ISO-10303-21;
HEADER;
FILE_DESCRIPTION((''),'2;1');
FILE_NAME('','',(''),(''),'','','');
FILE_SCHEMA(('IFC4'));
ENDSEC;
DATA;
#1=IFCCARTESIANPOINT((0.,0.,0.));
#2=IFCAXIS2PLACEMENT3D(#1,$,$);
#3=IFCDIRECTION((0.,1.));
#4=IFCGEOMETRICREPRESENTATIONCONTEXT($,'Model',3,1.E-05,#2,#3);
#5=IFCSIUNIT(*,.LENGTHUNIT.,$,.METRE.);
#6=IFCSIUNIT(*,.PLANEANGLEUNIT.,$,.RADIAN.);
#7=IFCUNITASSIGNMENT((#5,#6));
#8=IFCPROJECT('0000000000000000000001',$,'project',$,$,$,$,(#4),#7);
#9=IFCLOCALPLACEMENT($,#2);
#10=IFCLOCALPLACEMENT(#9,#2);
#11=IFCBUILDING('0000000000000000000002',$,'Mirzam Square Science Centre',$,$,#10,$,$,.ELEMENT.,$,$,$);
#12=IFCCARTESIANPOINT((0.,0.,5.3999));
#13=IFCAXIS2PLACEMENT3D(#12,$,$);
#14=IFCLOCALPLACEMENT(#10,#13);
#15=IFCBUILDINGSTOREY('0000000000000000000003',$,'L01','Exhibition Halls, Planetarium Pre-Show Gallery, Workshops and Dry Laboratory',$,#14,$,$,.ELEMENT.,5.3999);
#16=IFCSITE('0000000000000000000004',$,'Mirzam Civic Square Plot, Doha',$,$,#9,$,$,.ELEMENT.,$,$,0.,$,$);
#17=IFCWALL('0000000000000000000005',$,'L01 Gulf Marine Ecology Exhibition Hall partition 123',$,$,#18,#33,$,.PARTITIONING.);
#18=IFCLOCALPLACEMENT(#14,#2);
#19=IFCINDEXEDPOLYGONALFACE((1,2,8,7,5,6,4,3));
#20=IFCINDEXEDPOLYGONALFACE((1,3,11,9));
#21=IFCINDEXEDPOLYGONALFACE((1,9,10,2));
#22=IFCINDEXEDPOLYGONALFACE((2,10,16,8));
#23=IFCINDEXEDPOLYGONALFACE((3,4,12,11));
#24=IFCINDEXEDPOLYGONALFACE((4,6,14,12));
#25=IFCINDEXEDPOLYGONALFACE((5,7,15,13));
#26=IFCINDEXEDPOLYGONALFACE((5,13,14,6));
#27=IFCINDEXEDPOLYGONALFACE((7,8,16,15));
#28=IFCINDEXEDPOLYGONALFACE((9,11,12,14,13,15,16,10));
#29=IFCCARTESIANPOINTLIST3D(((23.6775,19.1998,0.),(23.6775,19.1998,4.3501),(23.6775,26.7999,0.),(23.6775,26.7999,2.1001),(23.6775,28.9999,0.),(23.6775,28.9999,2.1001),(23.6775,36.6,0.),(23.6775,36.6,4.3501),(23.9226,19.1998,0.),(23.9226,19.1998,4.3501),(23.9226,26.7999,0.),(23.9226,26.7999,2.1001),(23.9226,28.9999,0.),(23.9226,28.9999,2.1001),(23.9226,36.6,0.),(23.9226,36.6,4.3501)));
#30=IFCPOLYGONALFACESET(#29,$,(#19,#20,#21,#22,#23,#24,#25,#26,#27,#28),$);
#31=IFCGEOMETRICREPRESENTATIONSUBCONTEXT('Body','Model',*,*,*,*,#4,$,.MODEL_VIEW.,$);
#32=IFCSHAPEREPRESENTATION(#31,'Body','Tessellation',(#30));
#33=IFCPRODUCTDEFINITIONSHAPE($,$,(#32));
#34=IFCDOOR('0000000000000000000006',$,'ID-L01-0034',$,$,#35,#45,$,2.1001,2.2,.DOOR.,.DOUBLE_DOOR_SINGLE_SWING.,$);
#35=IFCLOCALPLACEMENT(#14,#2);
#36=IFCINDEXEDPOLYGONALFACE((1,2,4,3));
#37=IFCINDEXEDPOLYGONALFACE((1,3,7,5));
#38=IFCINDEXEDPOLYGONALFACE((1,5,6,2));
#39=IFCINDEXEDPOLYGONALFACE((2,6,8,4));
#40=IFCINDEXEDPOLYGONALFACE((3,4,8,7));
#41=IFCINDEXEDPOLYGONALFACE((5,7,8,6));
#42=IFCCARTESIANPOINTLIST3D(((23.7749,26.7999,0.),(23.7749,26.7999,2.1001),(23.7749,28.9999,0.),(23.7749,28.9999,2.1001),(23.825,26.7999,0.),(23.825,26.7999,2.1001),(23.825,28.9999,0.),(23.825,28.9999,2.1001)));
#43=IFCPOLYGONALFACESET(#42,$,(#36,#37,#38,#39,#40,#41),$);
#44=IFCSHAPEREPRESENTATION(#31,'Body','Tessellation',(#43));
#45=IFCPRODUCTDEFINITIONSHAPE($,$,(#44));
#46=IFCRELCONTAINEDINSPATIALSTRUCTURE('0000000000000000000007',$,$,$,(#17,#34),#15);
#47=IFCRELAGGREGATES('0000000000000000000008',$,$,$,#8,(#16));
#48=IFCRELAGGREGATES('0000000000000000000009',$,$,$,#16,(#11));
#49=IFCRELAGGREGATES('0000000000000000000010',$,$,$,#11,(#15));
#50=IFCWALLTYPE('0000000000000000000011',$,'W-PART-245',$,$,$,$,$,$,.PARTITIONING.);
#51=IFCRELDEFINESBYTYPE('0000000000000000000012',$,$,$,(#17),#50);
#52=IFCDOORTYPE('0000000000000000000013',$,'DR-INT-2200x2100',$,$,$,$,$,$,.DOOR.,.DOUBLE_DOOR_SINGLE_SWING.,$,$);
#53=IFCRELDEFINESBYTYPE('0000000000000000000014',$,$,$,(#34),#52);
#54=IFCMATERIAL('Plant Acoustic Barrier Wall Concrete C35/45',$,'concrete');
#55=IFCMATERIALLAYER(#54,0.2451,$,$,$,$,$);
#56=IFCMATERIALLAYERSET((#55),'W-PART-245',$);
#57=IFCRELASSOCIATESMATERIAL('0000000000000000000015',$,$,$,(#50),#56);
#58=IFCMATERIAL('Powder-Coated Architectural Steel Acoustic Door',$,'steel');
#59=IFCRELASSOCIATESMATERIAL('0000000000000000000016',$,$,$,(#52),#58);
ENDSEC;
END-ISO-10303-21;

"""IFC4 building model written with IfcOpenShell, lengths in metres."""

from ifc_helpers import new_model, si_unit, direction, frame, frame_2d, origin, place, context, subcontext, project, spatial, rectangle, extrude, material, layer, layer_set, type_object, element, fill, save


model = new_model("IFC4")

# Units and contexts
model_context = context("Model", 3, precision=1e-05, world=origin(), true_north=direction((0.0, 1.0)))
body_context = subcontext(model_context, "Body", "Model", "MODEL_VIEW")
ifc_project = project(units=[si_unit("LENGTHUNIT", "METRE"), si_unit("PLANEANGLEUNIT", "RADIAN")], contexts=[model_context])

# Site, building, storey
site_placement = place(None, origin())
site = spatial("IfcSite", under=ifc_project, at=site_placement, Name="Mirzam Civic Square Plot, Doha", CompositionType="ELEMENT", RefElevation=0.0)
building_placement = place(site_placement, origin())
building = spatial("IfcBuilding", under=site, at=building_placement, Name="Mirzam Square Science Centre", CompositionType="ELEMENT")
storey_placement = place(building_placement, frame((0.0, 0.0, 5.3999)))
storey = spatial("IfcBuildingStorey", under=building, at=storey_placement, Name="L01", Description="Exhibition Halls, Planetarium Pre-Show Gallery, Workshops and Dry Laboratory", CompositionType="ELEMENT", Elevation=5.3999)

# Wall, opening, door
ifc_material_1 = material(Name="Plant Acoustic Barrier Wall Concrete C35/45", Category="concrete")
ifc_layer = layer(ifc_material_1, 0.2451)
ifc_layer_set = layer_set([ifc_layer], Name="W-PART-245")
wall_type = type_object("IfcWallType", Name="W-PART-245", PredefinedType="PARTITIONING", material=ifc_layer_set)
wall_placement = place(storey_placement, frame((23.8, 36.6001, 0.0), z_axis=(0.0, 0.0, 1.0), x_axis=(0.0, -1.0, 0.0)))
wall = element("IfcWall", 1, at=wall_placement, inside=storey, type_object=wall_type, Name="L01 Gulf Marine Ecology Exhibition Hall partition 123", PredefinedType="PARTITIONING", context=body_context, shape_type="SweptSolid", body=[
    extrude(rectangle(XDim=17.4001, YDim=0.2451, at=frame_2d((8.7002, 0.0))), origin(), (0.0, 0.0, 1.0), 4.3501),
])
opening_placement = place(wall_placement, frame((7.6001, 0.0, 0.0)))
opening = element("IfcOpeningElement", 2, at=opening_placement, cuts=wall, PredefinedType="OPENING", context=body_context, shape_type="SweptSolid", body=[
    extrude(rectangle(XDim=2.2, YDim=2.1001, at=frame_2d((1.1001, 1.05))), frame((0.0, 0.1326, 0.0), z_axis=(0.0, -1.0, 0.0), x_axis=(1.0, 0.0, 0.0)), (0.0, 0.0, 1.0), 0.2651),
])
ifc_material_2 = material(Name="Powder-Coated Architectural Steel Acoustic Door", Category="steel")
door_type = type_object("IfcDoorType", Name="DR-INT-2200x2100", OperationType="DOUBLE_DOOR_SINGLE_SWING", PredefinedType="DOOR", material=ifc_material_2)
door_placement = place(opening_placement, origin())
door = element("IfcDoor", 3, at=door_placement, inside=storey, type_object=door_type, Name="ID-L01-0034", OperationType="DOUBLE_DOOR_SINGLE_SWING", OverallHeight=2.1001, OverallWidth=2.2, PredefinedType="DOOR", context=body_context, shape_type="SweptSolid", body=[
    extrude(rectangle(XDim=2.2, YDim=2.1001, at=frame_2d((1.1001, 1.05))), frame((0.0, 0.0249, 0.0), z_axis=(0.0, -1.0, 0.0), x_axis=(1.0, 0.0, 0.0)), (0.0, 0.0, 1.0), 0.05),
])
fill(opening, door)

save(model, "model.ifc")
